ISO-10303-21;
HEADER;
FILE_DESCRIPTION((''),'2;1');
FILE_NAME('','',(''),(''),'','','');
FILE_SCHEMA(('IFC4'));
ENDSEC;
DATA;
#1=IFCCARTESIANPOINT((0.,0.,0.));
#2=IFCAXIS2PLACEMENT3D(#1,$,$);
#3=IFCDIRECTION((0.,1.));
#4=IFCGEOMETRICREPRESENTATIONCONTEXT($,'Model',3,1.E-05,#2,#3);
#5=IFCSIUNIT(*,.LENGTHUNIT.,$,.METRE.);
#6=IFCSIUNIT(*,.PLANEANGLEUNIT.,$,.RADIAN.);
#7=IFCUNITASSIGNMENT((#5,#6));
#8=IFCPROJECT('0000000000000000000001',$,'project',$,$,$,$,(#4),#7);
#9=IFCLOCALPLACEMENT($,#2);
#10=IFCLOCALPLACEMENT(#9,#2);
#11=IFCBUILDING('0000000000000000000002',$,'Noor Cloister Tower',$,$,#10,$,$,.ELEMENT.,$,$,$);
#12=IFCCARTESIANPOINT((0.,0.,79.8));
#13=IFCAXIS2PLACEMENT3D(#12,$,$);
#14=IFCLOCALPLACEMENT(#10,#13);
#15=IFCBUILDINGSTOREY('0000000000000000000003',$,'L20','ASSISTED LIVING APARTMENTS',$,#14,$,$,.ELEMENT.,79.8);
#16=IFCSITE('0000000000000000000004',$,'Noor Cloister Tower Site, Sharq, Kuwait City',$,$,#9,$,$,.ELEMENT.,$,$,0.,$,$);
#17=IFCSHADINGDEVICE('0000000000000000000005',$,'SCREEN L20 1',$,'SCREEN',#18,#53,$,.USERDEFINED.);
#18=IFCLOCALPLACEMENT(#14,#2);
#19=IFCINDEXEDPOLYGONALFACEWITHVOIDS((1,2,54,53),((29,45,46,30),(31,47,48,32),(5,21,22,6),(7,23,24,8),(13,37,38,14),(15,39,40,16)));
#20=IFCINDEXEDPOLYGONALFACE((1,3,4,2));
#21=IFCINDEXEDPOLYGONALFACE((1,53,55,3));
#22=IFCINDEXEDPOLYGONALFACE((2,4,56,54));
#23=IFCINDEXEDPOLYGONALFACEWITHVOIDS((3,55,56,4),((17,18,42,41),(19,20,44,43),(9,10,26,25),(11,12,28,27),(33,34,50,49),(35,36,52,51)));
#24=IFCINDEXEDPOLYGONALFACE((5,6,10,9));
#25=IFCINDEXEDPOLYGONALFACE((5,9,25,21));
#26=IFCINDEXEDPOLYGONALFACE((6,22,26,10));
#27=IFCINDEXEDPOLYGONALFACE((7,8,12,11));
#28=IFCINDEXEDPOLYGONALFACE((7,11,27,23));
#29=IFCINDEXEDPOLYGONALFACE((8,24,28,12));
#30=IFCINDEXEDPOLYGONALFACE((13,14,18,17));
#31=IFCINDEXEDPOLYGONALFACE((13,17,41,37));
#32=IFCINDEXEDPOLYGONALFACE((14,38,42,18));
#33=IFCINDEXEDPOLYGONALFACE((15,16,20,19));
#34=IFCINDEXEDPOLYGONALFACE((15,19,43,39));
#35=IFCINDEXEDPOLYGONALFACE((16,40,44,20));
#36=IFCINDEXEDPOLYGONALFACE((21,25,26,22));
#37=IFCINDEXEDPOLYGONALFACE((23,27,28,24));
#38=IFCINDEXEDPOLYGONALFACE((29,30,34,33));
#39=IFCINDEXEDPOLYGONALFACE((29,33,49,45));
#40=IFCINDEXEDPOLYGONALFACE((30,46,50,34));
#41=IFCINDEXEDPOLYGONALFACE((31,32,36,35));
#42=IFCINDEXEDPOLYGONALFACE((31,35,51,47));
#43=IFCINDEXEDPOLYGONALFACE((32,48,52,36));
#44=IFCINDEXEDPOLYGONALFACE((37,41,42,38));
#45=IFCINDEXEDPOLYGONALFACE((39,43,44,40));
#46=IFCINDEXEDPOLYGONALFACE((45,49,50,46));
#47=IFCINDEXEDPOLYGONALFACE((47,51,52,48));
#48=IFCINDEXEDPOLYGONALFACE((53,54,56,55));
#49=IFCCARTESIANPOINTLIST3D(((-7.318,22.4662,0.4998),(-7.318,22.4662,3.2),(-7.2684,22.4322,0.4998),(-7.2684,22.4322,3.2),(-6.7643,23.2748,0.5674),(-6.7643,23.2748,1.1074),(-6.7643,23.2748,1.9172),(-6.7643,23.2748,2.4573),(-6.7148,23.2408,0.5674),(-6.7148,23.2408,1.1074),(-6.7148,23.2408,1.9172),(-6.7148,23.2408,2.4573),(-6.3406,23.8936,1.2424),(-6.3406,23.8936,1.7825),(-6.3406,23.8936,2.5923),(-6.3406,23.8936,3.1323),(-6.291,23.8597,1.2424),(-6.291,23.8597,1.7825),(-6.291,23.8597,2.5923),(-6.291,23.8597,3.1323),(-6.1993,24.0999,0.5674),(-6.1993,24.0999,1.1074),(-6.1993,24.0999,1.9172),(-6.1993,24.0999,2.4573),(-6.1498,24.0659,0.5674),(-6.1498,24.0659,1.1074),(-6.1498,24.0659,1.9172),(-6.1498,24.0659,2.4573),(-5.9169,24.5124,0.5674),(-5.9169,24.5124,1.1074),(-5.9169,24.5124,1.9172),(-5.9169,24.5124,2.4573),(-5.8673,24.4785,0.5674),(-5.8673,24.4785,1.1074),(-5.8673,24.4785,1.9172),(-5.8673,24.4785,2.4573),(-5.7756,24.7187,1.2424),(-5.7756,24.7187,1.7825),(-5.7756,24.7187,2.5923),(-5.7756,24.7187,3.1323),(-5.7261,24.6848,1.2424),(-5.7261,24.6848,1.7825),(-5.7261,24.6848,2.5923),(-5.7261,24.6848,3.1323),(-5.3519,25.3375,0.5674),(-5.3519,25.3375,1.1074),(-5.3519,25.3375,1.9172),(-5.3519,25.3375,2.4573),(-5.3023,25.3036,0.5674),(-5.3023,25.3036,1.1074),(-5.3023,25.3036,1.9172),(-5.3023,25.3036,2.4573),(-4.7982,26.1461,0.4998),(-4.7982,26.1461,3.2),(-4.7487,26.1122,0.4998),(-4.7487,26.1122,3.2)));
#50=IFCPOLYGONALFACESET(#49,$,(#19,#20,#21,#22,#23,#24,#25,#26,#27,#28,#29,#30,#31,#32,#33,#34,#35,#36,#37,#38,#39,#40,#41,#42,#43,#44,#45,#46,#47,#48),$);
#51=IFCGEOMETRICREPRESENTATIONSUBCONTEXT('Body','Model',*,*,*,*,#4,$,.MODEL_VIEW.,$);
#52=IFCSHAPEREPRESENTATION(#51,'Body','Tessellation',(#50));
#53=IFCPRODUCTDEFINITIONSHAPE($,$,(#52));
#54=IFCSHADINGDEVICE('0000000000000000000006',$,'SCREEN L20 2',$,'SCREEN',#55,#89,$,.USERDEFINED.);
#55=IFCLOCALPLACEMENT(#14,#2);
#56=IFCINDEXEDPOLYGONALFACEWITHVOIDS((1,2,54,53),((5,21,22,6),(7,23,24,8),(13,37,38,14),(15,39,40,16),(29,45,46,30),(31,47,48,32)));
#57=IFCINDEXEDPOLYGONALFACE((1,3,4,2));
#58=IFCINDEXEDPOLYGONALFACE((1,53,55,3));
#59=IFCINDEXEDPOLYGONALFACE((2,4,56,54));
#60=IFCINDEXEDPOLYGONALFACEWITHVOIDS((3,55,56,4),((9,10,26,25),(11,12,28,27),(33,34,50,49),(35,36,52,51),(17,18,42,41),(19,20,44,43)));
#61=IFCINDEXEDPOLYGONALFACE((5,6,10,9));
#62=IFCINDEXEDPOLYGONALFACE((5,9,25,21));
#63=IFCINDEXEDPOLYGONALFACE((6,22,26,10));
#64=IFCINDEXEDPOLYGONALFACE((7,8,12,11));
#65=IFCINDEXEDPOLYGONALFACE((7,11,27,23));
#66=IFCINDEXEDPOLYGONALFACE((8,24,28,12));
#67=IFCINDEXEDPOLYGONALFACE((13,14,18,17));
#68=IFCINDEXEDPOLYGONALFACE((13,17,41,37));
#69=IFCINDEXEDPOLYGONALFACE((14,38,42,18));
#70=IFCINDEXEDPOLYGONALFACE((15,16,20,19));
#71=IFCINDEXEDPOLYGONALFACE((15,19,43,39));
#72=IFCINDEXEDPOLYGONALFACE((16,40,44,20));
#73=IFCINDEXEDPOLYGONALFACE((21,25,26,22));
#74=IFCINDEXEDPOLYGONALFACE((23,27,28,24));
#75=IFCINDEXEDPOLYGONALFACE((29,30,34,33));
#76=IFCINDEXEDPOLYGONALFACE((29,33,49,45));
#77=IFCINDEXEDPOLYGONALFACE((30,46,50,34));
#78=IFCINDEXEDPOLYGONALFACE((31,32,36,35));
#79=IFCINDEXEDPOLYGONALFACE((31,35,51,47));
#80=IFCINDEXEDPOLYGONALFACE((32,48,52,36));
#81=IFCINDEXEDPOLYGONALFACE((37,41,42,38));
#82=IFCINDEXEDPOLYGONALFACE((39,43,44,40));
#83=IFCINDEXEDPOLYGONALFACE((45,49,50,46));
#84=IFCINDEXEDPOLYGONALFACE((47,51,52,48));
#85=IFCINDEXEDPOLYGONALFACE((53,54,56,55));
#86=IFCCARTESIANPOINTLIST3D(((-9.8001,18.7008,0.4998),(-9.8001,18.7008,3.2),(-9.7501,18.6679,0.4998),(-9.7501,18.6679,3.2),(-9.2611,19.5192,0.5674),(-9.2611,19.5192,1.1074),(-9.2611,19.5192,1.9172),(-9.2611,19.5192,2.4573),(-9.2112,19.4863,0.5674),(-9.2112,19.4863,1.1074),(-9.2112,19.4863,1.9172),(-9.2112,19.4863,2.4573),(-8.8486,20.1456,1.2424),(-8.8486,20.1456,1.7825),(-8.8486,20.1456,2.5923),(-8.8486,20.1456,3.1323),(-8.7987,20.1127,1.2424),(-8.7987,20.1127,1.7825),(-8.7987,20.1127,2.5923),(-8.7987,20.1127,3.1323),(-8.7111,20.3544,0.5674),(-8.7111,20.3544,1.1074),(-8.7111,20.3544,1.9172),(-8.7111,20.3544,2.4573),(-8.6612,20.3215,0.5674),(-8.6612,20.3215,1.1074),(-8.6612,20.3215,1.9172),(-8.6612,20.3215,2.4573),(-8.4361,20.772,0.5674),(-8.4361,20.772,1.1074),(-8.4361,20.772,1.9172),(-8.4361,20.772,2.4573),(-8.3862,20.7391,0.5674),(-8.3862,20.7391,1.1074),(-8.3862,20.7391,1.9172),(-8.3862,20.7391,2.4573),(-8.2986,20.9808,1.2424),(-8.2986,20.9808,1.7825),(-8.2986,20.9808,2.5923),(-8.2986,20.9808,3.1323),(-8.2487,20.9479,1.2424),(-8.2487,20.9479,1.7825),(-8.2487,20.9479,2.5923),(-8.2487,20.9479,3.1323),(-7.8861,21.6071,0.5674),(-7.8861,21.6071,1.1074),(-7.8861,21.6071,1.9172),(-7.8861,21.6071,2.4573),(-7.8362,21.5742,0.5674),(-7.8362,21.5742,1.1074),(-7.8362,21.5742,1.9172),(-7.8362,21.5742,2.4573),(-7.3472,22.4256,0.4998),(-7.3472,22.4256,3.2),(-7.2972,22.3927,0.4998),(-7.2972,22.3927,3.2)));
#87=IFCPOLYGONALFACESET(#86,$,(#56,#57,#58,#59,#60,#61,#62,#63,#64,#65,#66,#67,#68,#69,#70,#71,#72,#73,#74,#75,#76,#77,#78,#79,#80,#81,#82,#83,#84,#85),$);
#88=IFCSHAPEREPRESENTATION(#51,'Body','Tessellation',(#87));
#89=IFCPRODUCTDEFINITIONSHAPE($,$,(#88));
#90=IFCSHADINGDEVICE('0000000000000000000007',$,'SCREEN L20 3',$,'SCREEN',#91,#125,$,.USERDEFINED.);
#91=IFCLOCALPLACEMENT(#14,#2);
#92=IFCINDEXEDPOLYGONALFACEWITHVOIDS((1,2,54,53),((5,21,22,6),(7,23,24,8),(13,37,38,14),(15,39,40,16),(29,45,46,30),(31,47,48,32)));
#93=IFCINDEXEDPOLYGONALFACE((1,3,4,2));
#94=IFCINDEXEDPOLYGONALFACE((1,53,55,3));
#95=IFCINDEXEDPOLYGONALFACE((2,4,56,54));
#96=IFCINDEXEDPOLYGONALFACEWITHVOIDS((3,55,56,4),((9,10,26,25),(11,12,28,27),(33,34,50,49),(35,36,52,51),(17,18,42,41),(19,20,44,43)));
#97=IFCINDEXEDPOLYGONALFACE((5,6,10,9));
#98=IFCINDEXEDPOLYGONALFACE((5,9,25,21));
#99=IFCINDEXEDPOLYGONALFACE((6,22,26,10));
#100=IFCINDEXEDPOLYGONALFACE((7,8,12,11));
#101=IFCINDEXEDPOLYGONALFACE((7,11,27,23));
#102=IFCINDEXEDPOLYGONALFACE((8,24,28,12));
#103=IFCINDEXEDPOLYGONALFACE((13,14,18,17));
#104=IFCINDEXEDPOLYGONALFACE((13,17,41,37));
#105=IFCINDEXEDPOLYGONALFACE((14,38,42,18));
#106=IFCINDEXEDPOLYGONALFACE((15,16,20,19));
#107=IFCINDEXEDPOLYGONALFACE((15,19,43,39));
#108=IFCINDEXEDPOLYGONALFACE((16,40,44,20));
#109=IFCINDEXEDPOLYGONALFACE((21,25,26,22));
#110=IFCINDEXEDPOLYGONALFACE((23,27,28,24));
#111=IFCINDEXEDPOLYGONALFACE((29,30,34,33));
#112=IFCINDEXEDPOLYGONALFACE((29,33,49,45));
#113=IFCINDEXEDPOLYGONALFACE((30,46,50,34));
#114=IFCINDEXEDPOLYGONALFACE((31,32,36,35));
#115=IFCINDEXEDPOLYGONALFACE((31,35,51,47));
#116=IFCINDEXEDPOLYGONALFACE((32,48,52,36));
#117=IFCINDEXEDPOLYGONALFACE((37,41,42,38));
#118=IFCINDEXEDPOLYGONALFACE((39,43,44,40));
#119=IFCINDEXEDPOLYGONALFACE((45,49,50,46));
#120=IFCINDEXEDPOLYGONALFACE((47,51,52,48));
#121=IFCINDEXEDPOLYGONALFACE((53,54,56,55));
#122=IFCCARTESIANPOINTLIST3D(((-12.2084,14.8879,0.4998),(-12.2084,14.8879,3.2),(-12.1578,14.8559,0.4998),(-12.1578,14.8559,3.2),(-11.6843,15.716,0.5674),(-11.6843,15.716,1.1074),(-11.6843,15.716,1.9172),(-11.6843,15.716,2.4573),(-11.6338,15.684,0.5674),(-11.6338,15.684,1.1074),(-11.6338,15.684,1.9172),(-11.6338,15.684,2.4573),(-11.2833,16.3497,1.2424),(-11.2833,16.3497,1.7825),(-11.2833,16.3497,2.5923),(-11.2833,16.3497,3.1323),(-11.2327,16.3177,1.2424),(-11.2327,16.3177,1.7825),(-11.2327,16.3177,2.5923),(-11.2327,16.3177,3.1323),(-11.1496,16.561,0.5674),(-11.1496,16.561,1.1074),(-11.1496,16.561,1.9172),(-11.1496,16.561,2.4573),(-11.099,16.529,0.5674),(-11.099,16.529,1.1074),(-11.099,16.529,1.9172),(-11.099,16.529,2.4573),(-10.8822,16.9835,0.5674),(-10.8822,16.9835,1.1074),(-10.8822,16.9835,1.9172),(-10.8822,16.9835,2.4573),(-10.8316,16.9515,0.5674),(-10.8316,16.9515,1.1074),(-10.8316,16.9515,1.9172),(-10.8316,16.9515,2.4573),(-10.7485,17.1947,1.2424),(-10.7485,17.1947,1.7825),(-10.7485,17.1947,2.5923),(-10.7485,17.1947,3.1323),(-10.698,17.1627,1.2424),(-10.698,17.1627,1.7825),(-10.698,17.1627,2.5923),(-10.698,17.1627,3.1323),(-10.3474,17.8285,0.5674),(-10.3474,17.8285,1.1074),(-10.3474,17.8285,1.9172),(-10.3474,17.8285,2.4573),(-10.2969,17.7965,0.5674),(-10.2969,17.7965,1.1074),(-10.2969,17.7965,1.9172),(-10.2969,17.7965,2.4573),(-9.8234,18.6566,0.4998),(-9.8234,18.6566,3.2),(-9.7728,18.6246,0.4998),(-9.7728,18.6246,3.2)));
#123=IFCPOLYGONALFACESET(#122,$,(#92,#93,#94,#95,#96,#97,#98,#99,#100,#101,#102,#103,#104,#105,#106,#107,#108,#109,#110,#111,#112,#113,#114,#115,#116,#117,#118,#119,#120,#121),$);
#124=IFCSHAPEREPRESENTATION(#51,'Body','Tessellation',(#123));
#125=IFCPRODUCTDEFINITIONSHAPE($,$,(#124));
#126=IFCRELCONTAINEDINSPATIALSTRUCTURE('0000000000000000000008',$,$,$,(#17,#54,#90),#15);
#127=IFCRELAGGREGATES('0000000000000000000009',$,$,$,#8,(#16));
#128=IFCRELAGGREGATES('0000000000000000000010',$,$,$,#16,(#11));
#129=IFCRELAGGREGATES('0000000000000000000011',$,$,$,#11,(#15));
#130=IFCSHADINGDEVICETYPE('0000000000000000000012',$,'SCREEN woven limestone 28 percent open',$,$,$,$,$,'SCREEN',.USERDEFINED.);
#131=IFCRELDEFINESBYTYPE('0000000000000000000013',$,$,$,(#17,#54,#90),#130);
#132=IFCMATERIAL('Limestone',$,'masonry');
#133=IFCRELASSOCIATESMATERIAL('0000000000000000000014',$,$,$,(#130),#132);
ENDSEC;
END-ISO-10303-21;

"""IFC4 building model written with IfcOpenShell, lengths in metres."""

from ifc_helpers import new_model, si_unit, direction, frame, origin, place, context, subcontext, project, spatial, polyline, outline, extrude, material, material_profile, profile_set, type_object, element, save


model = new_model("IFC4")

# Units and contexts
model_context = context("Model", 3, precision=1e-05, world=origin(), true_north=direction((0.0, 1.0)))
body_context = subcontext(model_context, "Body", "Model", "MODEL_VIEW")
ifc_project = project(units=[si_unit("LENGTHUNIT", "METRE"), si_unit("PLANEANGLEUNIT", "RADIAN")], contexts=[model_context])

# Site, building, storey
site_placement = place(None, origin())
site = spatial("IfcSite", under=ifc_project, at=site_placement, Name="Noor Cloister Tower Site, Sharq, Kuwait City", CompositionType="ELEMENT", RefElevation=0.0)
building_placement = place(site_placement, origin())
building = spatial("IfcBuilding", under=site, at=building_placement, Name="Noor Cloister Tower", CompositionType="ELEMENT")
storey_placement = place(building_placement, frame((0.0, 0.0, 79.8)))
storey = spatial("IfcBuildingStorey", under=building, at=storey_placement, Name="L20", Description="ASSISTED LIVING APARTMENTS", CompositionType="ELEMENT", Elevation=79.8)

# Shading devices
ifc_material_1 = material(Name="Limestone", Category="masonry")
ifc_material_profile_1 = material_profile(ifc_material_1, outline(polyline([(-2.23, -1.3501), (2.23, -1.3501), (2.23, 1.3501), (-2.23, 1.3501), (-2.23, -1.3501)]), holes=[polyline([(-1.25, -1.2825), (-0.25, -1.2825), (-0.25, -0.7424), (-1.25, -0.7424), (-1.25, -1.2825)]), polyline([(0.25, -1.2825), (1.25, -1.2825), (1.25, -0.7424), (0.25, -0.7424), (0.25, -1.2825)]), polyline([(-0.5, -0.6074), (0.5, -0.6074), (0.5, -0.0674), (-0.5, -0.0674), (-0.5, -0.6074)]), polyline([(-1.25, 0.0674), (-0.25, 0.0674), (-0.25, 0.6074), (-1.25, 0.6074), (-1.25, 0.0674)]), polyline([(0.25, 0.0674), (1.25, 0.0674), (1.25, 0.6074), (0.25, 0.6074), (0.25, 0.0674)]), polyline([(-0.5, 0.7424), (0.5, 0.7424), (0.5, 1.2825), (-0.5, 1.2825), (-0.5, 0.7424)])]), Name="Woven screen 28 percent open")
ifc_profile_set_1 = profile_set([ifc_material_profile_1], Name="Limestone")
shading_device_type = type_object("IfcShadingDeviceType", Name="SCREEN woven limestone 28 percent open", ElementType="SCREEN", PredefinedType="USERDEFINED", material=ifc_profile_set_1)
shading_device_placement = place(storey_placement, frame((-6.0085, 24.2722, 1.8499), z_axis=(-0.825108, 0.564975, 0.0), x_axis=(-0.564975, -0.825108, 0.0)))
element("IfcShadingDevice", 1, at=shading_device_placement, inside=storey, type_object=shading_device_type, Name="SCREEN L20 1", ObjectType="SCREEN", PredefinedType="USERDEFINED", context=body_context, shape_type="SweptSolid", body=[
    extrude(outline(polyline([(-2.23, -1.3501), (2.23, -1.3501), (2.23, 1.3501), (-2.23, 1.3501), (-2.23, -1.3501)]), holes=[polyline([(-1.25, -1.2825), (-0.25, -1.2825), (-0.25, -0.7424), (-1.25, -0.7424), (-1.25, -1.2825)]), polyline([(0.25, -1.2825), (1.25, -1.2825), (1.25, -0.7424), (0.25, -0.7424), (0.25, -1.2825)]), polyline([(-0.5, -0.6074), (0.5, -0.6074), (0.5, -0.0674), (-0.5, -0.0674), (-0.5, -0.6074)]), polyline([(-1.25, 0.0674), (-0.25, 0.0674), (-0.25, 0.6074), (-1.25, 0.6074), (-1.25, 0.0674)]), polyline([(0.25, 0.0674), (1.25, 0.0674), (1.25, 0.6074), (0.25, 0.6074), (0.25, 0.0674)]), polyline([(-0.5, 0.7424), (0.5, 0.7424), (0.5, 1.2825), (-0.5, 1.2825), (-0.5, 0.7424)])]), origin(), (0.0, 0.0, 1.0), 0.0601),
])
for number, where, z_axis, x_axis, name in (
    (2, (-8.5237, 20.5303, 1.8499), (-0.835171, 0.549991, 0.0), (-0.549991, -0.835171, 0.0), "SCREEN L20 2"),
    (3, (-10.9653, 16.7402, 1.8499), (-0.845004, 0.534761, 0.0), (-0.534761, -0.845004, 0.0), "SCREEN L20 3"),
):
    element("IfcShadingDevice", number, at=place(storey_placement, frame(where, z_axis=z_axis, x_axis=x_axis)), inside=storey, type_object=shading_device_type, Name=name, ObjectType="SCREEN", PredefinedType="USERDEFINED", context=body_context, shape_type="SweptSolid", body=[
        extrude(outline(polyline([(-2.23, -1.3501), (2.23, -1.3501), (2.23, 1.3501), (-2.23, 1.3501), (-2.23, -1.3501)]), holes=[polyline([(-1.25, -1.2825), (-0.25, -1.2825), (-0.25, -0.7424), (-1.25, -0.7424), (-1.25, -1.2825)]), polyline([(0.25, -1.2825), (1.25, -1.2825), (1.25, -0.7424), (0.25, -0.7424), (0.25, -1.2825)]), polyline([(-0.5, -0.6074), (0.5, -0.6074), (0.5, -0.0674), (-0.5, -0.0674), (-0.5, -0.6074)]), polyline([(-1.25, 0.0674), (-0.25, 0.0674), (-0.25, 0.6074), (-1.25, 0.6074), (-1.25, 0.0674)]), polyline([(0.25, 0.0674), (1.25, 0.0674), (1.25, 0.6074), (0.25, 0.6074), (0.25, 0.0674)]), polyline([(-0.5, 0.7424), (0.5, 0.7424), (0.5, 1.2825), (-0.5, 1.2825), (-0.5, 0.7424)])]), origin(), (0.0, 0.0, 1.0), 0.0598),
    ])

save(model, "model.ifc")
